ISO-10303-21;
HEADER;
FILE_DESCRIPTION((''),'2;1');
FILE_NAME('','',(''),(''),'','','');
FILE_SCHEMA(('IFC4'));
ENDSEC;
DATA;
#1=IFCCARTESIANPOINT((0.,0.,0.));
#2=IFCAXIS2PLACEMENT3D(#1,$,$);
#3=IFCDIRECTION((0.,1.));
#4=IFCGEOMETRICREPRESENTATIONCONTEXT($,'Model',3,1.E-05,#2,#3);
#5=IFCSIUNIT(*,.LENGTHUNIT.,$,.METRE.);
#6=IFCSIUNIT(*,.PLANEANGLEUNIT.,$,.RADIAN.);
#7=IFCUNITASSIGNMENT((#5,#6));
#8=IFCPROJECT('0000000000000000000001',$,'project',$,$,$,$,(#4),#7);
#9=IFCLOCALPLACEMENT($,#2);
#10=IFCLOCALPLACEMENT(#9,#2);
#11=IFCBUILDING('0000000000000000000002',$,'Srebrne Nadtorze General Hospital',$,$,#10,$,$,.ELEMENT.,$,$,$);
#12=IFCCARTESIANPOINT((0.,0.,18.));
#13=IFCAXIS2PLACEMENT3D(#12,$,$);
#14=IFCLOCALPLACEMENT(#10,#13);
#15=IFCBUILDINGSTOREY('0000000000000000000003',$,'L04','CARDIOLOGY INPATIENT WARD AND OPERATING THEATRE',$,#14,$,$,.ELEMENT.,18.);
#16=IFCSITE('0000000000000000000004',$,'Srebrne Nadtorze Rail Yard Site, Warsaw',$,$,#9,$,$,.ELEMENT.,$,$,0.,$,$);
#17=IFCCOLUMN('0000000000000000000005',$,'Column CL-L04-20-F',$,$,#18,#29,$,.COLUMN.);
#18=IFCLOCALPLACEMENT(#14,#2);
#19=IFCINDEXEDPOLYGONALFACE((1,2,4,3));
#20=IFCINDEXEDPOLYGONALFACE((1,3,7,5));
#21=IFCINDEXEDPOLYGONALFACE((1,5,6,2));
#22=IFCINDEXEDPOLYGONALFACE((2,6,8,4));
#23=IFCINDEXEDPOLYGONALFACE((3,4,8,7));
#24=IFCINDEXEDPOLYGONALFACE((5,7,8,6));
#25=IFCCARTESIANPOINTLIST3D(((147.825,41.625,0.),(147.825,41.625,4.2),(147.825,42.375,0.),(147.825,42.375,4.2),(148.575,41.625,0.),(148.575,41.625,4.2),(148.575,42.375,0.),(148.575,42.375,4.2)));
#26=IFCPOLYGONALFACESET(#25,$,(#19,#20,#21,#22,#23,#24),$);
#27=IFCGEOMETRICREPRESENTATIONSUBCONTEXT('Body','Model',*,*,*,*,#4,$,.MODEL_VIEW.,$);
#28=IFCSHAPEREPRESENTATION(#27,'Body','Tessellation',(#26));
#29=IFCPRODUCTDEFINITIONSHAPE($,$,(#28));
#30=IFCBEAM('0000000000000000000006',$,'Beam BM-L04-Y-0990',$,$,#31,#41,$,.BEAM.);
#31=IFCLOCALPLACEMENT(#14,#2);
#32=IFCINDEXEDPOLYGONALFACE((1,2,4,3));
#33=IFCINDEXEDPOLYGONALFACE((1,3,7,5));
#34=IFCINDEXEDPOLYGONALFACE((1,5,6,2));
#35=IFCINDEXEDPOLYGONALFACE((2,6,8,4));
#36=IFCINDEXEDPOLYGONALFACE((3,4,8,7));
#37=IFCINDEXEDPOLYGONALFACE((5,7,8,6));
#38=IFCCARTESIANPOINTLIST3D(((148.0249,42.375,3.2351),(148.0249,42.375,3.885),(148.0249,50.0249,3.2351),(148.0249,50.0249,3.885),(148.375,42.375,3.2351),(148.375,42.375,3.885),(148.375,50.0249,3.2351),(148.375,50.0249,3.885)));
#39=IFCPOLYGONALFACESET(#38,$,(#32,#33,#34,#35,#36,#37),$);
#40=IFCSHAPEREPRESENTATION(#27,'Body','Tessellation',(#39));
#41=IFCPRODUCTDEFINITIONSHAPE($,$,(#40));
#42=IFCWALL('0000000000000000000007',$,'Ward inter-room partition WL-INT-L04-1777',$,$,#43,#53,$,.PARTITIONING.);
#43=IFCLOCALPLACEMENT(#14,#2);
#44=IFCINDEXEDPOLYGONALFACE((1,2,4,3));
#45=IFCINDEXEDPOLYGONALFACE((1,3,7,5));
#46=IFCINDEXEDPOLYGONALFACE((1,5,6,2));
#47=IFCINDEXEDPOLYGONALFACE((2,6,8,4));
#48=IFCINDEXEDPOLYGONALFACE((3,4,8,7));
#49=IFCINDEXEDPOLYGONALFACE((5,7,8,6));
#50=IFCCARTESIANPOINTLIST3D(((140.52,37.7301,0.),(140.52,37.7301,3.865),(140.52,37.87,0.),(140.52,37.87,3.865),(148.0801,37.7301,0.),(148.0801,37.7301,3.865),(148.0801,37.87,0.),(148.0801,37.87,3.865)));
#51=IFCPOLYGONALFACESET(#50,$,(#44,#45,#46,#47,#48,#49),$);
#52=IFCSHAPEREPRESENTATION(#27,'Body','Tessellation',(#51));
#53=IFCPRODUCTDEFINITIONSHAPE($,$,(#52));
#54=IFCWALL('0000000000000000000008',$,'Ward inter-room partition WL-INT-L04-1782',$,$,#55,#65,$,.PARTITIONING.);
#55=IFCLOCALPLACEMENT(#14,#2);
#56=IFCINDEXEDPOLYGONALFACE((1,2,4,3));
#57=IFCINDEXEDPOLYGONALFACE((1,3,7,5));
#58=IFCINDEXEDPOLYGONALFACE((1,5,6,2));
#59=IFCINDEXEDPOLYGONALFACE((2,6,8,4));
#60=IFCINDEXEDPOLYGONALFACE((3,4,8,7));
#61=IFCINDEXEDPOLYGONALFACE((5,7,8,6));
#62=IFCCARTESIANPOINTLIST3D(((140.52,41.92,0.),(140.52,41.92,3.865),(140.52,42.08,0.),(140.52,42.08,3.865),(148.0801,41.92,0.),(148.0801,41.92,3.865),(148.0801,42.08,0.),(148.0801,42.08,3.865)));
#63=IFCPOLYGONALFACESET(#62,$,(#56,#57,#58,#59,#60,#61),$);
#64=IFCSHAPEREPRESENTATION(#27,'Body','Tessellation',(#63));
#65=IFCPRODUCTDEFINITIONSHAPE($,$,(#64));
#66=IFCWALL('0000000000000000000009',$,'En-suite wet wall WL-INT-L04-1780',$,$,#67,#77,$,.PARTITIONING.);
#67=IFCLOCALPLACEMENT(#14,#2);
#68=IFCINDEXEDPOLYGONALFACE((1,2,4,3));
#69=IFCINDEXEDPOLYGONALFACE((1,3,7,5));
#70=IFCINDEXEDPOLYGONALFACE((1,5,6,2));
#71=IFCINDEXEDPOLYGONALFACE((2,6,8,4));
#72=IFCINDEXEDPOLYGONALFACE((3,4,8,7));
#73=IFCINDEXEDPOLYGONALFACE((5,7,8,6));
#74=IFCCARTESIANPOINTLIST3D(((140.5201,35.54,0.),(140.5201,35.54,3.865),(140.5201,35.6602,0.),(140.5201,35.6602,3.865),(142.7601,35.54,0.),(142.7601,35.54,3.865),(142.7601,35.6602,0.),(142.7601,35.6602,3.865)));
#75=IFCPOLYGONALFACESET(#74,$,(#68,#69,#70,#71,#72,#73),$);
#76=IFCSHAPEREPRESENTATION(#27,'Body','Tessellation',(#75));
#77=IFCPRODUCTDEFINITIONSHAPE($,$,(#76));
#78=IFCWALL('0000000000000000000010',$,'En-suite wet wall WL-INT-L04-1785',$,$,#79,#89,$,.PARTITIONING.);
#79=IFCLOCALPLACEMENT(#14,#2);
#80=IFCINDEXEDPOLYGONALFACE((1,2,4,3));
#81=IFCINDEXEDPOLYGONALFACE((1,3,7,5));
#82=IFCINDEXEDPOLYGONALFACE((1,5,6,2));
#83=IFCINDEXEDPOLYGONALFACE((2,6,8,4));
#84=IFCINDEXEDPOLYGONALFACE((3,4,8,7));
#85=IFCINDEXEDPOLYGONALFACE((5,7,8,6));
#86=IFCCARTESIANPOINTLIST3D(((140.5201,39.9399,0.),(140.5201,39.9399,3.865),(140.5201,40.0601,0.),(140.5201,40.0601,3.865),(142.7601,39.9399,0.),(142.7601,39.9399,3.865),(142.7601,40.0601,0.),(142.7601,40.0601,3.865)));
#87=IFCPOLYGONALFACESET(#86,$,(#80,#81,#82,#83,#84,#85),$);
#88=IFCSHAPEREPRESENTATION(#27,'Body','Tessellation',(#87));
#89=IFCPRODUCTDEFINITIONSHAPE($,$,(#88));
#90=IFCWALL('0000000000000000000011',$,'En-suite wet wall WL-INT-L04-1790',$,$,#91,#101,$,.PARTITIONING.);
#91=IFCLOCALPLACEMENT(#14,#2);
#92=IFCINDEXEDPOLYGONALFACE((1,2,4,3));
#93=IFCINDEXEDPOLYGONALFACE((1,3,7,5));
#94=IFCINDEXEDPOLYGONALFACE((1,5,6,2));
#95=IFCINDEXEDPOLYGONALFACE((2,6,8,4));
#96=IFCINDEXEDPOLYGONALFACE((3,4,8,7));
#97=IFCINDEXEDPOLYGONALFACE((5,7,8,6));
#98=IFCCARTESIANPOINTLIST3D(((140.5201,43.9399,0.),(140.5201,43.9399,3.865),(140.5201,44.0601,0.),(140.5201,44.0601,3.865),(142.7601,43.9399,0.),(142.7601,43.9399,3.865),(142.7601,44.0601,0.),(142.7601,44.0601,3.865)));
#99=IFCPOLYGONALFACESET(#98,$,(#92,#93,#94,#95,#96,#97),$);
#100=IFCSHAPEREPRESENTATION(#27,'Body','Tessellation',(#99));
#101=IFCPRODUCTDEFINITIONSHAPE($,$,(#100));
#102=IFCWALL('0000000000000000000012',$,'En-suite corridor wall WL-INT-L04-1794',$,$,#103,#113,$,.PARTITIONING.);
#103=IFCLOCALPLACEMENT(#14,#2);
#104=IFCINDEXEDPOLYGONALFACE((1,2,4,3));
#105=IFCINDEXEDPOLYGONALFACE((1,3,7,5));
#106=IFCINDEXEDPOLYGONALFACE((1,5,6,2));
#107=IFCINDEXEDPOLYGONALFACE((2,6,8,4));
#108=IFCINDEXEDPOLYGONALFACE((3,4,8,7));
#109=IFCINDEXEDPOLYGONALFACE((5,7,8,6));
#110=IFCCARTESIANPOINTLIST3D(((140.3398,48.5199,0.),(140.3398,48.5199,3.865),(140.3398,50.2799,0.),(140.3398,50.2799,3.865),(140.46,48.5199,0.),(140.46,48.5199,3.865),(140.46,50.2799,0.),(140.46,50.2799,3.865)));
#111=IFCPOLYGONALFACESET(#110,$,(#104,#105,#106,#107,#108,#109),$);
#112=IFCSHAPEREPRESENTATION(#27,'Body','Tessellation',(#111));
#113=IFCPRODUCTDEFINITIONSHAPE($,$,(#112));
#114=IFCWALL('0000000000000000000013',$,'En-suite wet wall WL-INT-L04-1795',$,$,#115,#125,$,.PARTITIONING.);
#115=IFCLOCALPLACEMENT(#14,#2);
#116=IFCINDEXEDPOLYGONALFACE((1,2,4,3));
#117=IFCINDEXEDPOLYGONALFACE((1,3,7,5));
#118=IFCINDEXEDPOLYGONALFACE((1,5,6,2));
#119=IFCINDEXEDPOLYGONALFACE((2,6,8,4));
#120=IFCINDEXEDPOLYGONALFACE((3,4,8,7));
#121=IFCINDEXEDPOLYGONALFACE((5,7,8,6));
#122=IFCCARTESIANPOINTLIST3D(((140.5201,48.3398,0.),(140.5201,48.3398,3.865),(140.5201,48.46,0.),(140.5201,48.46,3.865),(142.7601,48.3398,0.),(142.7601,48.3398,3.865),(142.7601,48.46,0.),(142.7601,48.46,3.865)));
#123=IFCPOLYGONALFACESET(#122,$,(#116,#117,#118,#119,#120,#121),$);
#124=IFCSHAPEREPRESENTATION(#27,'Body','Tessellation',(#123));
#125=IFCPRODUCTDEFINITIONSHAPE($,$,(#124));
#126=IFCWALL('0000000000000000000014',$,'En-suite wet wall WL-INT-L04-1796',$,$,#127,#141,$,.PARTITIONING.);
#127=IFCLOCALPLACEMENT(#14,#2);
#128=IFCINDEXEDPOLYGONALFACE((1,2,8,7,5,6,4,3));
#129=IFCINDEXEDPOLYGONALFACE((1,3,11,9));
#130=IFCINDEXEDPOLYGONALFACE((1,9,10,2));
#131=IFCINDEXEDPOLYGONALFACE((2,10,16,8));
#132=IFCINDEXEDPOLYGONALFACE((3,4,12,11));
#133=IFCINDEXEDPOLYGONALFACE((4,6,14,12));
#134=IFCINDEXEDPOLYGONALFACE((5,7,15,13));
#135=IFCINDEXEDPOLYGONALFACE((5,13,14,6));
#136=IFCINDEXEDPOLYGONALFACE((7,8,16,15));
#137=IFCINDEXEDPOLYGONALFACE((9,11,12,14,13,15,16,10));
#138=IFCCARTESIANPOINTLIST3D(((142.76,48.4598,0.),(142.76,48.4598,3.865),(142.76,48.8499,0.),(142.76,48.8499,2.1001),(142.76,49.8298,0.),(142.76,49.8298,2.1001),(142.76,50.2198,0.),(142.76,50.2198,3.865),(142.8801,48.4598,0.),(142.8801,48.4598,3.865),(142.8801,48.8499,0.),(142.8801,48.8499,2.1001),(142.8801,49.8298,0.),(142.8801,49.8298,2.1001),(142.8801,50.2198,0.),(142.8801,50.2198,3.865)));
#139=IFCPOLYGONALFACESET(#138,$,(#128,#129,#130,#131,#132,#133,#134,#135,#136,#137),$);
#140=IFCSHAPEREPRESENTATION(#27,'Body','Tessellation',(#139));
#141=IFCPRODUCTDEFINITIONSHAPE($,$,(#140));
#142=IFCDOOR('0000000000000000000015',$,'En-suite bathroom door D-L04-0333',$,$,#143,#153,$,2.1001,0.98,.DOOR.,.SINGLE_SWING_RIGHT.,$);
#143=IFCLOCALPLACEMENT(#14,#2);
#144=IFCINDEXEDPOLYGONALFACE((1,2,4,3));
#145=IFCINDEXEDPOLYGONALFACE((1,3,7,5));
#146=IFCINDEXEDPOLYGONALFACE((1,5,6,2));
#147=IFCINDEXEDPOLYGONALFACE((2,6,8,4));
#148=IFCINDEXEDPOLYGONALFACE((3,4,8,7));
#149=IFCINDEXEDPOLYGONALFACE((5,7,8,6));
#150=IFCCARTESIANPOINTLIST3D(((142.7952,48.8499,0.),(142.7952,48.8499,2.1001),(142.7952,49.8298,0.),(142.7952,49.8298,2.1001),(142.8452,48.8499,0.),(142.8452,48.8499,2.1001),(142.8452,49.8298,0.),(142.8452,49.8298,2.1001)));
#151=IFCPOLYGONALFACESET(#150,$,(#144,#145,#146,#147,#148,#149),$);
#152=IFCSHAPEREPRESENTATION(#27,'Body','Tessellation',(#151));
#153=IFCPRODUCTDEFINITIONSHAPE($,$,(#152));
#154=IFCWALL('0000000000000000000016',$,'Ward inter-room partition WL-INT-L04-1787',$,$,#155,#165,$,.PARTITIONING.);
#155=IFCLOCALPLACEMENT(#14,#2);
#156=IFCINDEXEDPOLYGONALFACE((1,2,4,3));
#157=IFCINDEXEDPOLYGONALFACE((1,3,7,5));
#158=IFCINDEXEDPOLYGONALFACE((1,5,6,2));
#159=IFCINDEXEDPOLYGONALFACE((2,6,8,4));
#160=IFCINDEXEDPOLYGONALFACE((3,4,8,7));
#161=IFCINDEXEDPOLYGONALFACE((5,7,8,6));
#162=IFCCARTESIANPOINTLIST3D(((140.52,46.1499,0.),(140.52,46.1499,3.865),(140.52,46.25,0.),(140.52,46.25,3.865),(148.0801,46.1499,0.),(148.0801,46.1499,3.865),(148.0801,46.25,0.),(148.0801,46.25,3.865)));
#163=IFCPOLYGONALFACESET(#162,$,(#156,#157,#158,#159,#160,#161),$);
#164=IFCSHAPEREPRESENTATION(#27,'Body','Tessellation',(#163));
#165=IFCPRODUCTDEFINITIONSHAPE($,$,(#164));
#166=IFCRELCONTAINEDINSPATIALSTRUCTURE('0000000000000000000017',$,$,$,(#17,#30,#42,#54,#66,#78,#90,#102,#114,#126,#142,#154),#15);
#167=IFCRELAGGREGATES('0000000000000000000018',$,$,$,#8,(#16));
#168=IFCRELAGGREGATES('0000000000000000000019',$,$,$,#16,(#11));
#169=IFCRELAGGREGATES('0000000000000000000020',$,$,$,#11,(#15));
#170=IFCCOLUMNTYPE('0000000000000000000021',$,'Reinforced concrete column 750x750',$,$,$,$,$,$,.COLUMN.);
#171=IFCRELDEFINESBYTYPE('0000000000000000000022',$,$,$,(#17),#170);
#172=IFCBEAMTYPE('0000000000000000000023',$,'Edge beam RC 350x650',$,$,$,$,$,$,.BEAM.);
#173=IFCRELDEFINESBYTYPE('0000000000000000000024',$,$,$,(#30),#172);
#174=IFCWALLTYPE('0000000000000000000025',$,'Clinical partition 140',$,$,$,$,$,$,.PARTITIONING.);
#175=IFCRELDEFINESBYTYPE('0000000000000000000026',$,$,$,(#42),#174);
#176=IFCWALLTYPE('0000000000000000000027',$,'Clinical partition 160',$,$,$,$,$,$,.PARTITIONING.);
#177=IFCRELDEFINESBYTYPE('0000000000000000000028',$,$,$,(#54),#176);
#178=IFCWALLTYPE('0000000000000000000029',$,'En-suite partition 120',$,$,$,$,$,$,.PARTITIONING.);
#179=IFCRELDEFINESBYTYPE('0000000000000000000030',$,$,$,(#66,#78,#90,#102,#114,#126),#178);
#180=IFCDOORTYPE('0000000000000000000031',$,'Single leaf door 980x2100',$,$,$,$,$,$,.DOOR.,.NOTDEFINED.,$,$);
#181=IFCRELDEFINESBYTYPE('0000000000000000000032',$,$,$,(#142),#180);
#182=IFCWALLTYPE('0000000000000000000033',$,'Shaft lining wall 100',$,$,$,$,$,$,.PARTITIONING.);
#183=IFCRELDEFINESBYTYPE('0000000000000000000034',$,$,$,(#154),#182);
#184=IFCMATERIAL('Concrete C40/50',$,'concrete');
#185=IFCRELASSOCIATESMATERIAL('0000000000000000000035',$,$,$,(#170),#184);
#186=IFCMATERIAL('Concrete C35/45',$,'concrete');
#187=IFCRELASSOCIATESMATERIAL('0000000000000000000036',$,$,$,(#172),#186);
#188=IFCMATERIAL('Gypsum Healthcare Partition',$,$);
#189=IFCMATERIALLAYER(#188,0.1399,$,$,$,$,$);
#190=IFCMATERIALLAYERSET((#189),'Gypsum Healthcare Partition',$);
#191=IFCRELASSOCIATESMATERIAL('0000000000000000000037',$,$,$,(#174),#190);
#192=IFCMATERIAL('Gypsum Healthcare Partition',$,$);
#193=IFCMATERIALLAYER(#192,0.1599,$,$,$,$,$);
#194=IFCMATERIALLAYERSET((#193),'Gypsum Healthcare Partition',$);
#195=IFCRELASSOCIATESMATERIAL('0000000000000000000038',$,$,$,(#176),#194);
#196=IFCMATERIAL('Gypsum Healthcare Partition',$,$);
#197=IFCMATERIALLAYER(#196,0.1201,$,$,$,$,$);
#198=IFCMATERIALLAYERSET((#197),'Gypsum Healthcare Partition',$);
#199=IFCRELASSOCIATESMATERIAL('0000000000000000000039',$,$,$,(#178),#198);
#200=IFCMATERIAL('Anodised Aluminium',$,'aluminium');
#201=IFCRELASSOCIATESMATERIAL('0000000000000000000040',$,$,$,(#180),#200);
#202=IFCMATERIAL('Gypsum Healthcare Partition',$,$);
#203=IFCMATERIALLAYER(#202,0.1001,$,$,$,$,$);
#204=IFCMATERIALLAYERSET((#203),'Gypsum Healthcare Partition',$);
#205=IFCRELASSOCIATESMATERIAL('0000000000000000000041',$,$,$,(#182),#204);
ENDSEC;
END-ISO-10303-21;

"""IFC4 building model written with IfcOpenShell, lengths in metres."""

from ifc_helpers import new_model, si_unit, direction, frame, frame_2d, origin, origin_2d, place, context, subcontext, project, spatial, rectangle, extrude, material, layer, layer_set, material_profile, profile_set, type_object, element, fill, save


model = new_model("IFC4")

# Units and contexts
model_context = context("Model", 3, precision=1e-05, world=origin(), true_north=direction((0.0, 1.0)))
body_context = subcontext(model_context, "Body", "Model", "MODEL_VIEW")
ifc_project = project(units=[si_unit("LENGTHUNIT", "METRE"), si_unit("PLANEANGLEUNIT", "RADIAN")], contexts=[model_context])

# Site, building, storey
site_placement = place(None, origin())
site = spatial("IfcSite", under=ifc_project, at=site_placement, Name="Srebrne Nadtorze Rail Yard Site, Warsaw", CompositionType="ELEMENT", RefElevation=0.0)
building_placement = place(site_placement, origin())
building = spatial("IfcBuilding", under=site, at=building_placement, Name="Srebrne Nadtorze General Hospital", CompositionType="ELEMENT")
storey_placement = place(building_placement, frame((0.0, 0.0, 18.0)))
storey = spatial("IfcBuildingStorey", under=building, at=storey_placement, Name="L04", Description="CARDIOLOGY INPATIENT WARD AND OPERATING THEATRE", CompositionType="ELEMENT", Elevation=18.0)

# Column
ifc_material_1 = material(Name="Concrete C40/50", Category="concrete")
ifc_material_profile_1 = material_profile(ifc_material_1, rectangle(XDim=0.75, YDim=0.75, at=origin_2d()), Name="RC-COL-750x750")
ifc_profile_set_1 = profile_set([ifc_material_profile_1], Name="Concrete C40/50")
column_type = type_object("IfcColumnType", Name="Reinforced concrete column 750x750", PredefinedType="COLUMN", material=ifc_profile_set_1)
column_placement = place(storey_placement, frame((148.2, 42.0, 0.0), z_axis=(0.0, 0.0, 1.0), x_axis=(1.0, 0.0, 0.0)))
element("IfcColumn", 1, at=column_placement, inside=storey, type_object=column_type, Name="Column CL-L04-20-F", PredefinedType="COLUMN", context=body_context, shape_type="SweptSolid", body=[
    extrude(rectangle(XDim=0.75, YDim=0.75, at=origin_2d()), origin(), (0.0, 0.0, 1.0), 4.2),
])

# Beam
ifc_material_2 = material(Name="Concrete C35/45", Category="concrete")
ifc_material_profile_2 = material_profile(ifc_material_2, rectangle(XDim=0.3501, YDim=0.6499, at=origin_2d()), Name="RC-BM-350x650")
ifc_profile_set_2 = profile_set([ifc_material_profile_2], Name="Concrete C35/45")
beam_type = type_object("IfcBeamType", Name="Edge beam RC 350x650", PredefinedType="BEAM", material=ifc_profile_set_2)
beam_placement = place(storey_placement, frame((148.2, 42.375, 3.5601), z_axis=(0.0, 1.0, 0.0), x_axis=(-1.0, 0.0, 0.0)))
element("IfcBeam", 2, at=beam_placement, inside=storey, type_object=beam_type, Name="Beam BM-L04-Y-0990", PredefinedType="BEAM", context=body_context, shape_type="SweptSolid", body=[
    extrude(rectangle(XDim=0.3501, YDim=0.6499, at=origin_2d()), origin(), (0.0, 0.0, 1.0), 7.6499),
])

# Walls
ifc_material_3 = material(Name="Gypsum Healthcare Partition")
ifc_layer_1 = layer(ifc_material_3, 0.1399)
ifc_layer_set_1 = layer_set([ifc_layer_1], Name="Gypsum Healthcare Partition")
wall_type_1 = type_object("IfcWallType", Name="Clinical partition 140", PredefinedType="PARTITIONING", material=ifc_layer_set_1)
wall_1_placement = place(storey_placement, frame((140.52, 37.8, 0.0), z_axis=(0.0, 0.0, 1.0), x_axis=(1.0, 0.0, 0.0)))
element("IfcWall", 3, at=wall_1_placement, inside=storey, type_object=wall_type_1, Name="Ward inter-room partition WL-INT-L04-1777", PredefinedType="PARTITIONING", context=body_context, shape_type="SweptSolid", body=[
    extrude(rectangle(XDim=7.5601, YDim=0.1399, at=frame_2d((3.78, 0.0))), origin(), (0.0, 0.0, 1.0), 3.865),
])
ifc_material_4 = material(Name="Gypsum Healthcare Partition")
ifc_layer_2 = layer(ifc_material_4, 0.1599)
ifc_layer_set_2 = layer_set([ifc_layer_2], Name="Gypsum Healthcare Partition")
wall_type_2 = type_object("IfcWallType", Name="Clinical partition 160", PredefinedType="PARTITIONING", material=ifc_layer_set_2)
wall_2_placement = place(storey_placement, frame((140.52, 42.0, 0.0), z_axis=(0.0, 0.0, 1.0), x_axis=(1.0, 0.0, 0.0)))
element("IfcWall", 4, at=wall_2_placement, inside=storey, type_object=wall_type_2, Name="Ward inter-room partition WL-INT-L04-1782", PredefinedType="PARTITIONING", context=body_context, shape_type="SweptSolid", body=[
    extrude(rectangle(XDim=7.5601, YDim=0.1599, at=frame_2d((3.78, 0.0))), origin(), (0.0, 0.0, 1.0), 3.865),
])
ifc_material_5 = material(Name="Gypsum Healthcare Partition")
ifc_layer_3 = layer(ifc_material_5, 0.1201)
ifc_layer_set_3 = layer_set([ifc_layer_3], Name="Gypsum Healthcare Partition")
wall_type_3 = type_object("IfcWallType", Name="En-suite partition 120", PredefinedType="PARTITIONING", material=ifc_layer_set_3)
for number, where, z_axis, x_axis, name in (
    (5, (140.52, 35.6001, 0.0), (0.0, 0.0, 1.0), (1.0, 0.0, 0.0), "En-suite wet wall WL-INT-L04-1780"),
    (6, (140.52, 40.0, 0.0), (0.0, 0.0, 1.0), (1.0, 0.0, 0.0), "En-suite wet wall WL-INT-L04-1785"),
):
    element("IfcWall", number, at=place(storey_placement, frame(where, z_axis=z_axis, x_axis=x_axis)), inside=storey, type_object=wall_type_3, Name=name, PredefinedType="PARTITIONING", context=body_context, shape_type="SweptSolid", body=[
        extrude(rectangle(XDim=2.24, YDim=0.1201, at=frame_2d((1.1201, 0.0))), origin(), (0.0, 0.0, 1.0), 3.865),
    ])

# Wall
wall_3_placement = place(storey_placement, frame((140.52, 44.0, 0.0), z_axis=(0.0, 0.0, 1.0), x_axis=(1.0, 0.0, 0.0)))
element("IfcWall", 7, at=wall_3_placement, inside=storey, type_object=wall_type_3, Name="En-suite wet wall WL-INT-L04-1790", PredefinedType="PARTITIONING", context=body_context, shape_type="SweptSolid", body=[
    extrude(rectangle(XDim=2.24, YDim=0.1201, at=frame_2d((1.1201, 0.0))), origin(), (0.0, 0.0, 1.0), 3.865),
])

# Walls
wall_4_placement = place(storey_placement, frame((140.3999, 48.52, 0.0), z_axis=(0.0, 0.0, 1.0), x_axis=(0.0, 1.0, 0.0)))
element("IfcWall", 8, at=wall_4_placement, inside=storey, type_object=wall_type_3, Name="En-suite corridor wall WL-INT-L04-1794", PredefinedType="PARTITIONING", context=body_context, shape_type="SweptSolid", body=[
    extrude(rectangle(XDim=1.76, YDim=0.1201, at=frame_2d((0.8799, 0.0))), origin(), (0.0, 0.0, 1.0), 3.865),
])
wall_5_placement = place(storey_placement, frame((140.52, 48.3999, 0.0), z_axis=(0.0, 0.0, 1.0), x_axis=(1.0, 0.0, 0.0)))
element("IfcWall", 9, at=wall_5_placement, inside=storey, type_object=wall_type_3, Name="En-suite wet wall WL-INT-L04-1795", PredefinedType="PARTITIONING", context=body_context, shape_type="SweptSolid", body=[
    extrude(rectangle(XDim=2.24, YDim=0.1201, at=frame_2d((1.1201, 0.0))), origin(), (0.0, 0.0, 1.0), 3.865),
])

# Wall, opening, door
wall_6_placement = place(storey_placement, frame((142.8201, 48.46, 0.0), z_axis=(0.0, 0.0, 1.0), x_axis=(0.0, 1.0, 0.0)))
wall_6 = element("IfcWall", 10, at=wall_6_placement, inside=storey, type_object=wall_type_3, Name="En-suite wet wall WL-INT-L04-1796", PredefinedType="PARTITIONING", context=body_context, shape_type="SweptSolid", body=[
    extrude(rectangle(XDim=1.76, YDim=0.1201, at=frame_2d((0.8799, 0.0))), origin(), (0.0, 0.0, 1.0), 3.865),
])
opening_1_placement = place(wall_6_placement, frame((0.3899, 0.0, 0.0)))
opening_1 = element("IfcOpeningElement", 11, at=opening_1_placement, cuts=wall_6, PredefinedType="OPENING", context=body_context, shape_type="SweptSolid", body=[
    extrude(rectangle(XDim=0.98, YDim=2.1001, at=frame_2d((0.49, 1.05))), frame((0.0, 0.072, 0.0), z_axis=(0.0, -1.0, 0.0), x_axis=(1.0, 0.0, 0.0)), (0.0, 0.0, 1.0), 0.144),
])
ifc_material_6 = material(Name="Anodised Aluminium", Category="aluminium")
door_type_1 = type_object("IfcDoorType", Name="Single leaf door 980x2100", OperationType="NOTDEFINED", PredefinedType="DOOR", material=ifc_material_6)
door_1_placement = place(opening_1_placement, origin())
door_1 = element("IfcDoor", 12, at=door_1_placement, inside=storey, type_object=door_type_1, Name="En-suite bathroom door D-L04-0333", OperationType="SINGLE_SWING_RIGHT", OverallHeight=2.1001, OverallWidth=0.98, PredefinedType="DOOR", context=body_context, shape_type="SweptSolid", body=[
    extrude(rectangle(XDim=0.98, YDim=2.1001, at=frame_2d((0.49, 1.05))), frame((0.0, 0.0249, 0.0), z_axis=(0.0, -1.0, 0.0), x_axis=(1.0, 0.0, 0.0)), (0.0, 0.0, 1.0), 0.05),
])
fill(opening_1, door_1)

# Wall
ifc_material_7 = material(Name="Gypsum Healthcare Partition")
ifc_layer_4 = layer(ifc_material_7, 0.1001)
ifc_layer_set_4 = layer_set([ifc_layer_4], Name="Gypsum Healthcare Partition")
wall_type_4 = type_object("IfcWallType", Name="Shaft lining wall 100", PredefinedType="PARTITIONING", material=ifc_layer_set_4)
wall_7_placement = place(storey_placement, frame((140.52, 46.2, 0.0), z_axis=(0.0, 0.0, 1.0), x_axis=(1.0, 0.0, 0.0)))
element("IfcWall", 13, at=wall_7_placement, inside=storey, type_object=wall_type_4, Name="Ward inter-room partition WL-INT-L04-1787", PredefinedType="PARTITIONING", context=body_context, shape_type="SweptSolid", body=[
    extrude(rectangle(XDim=7.5601, YDim=0.1001, at=frame_2d((3.78, 0.0))), origin(), (0.0, 0.0, 1.0), 3.865),
])

save(model, "model.ifc")
